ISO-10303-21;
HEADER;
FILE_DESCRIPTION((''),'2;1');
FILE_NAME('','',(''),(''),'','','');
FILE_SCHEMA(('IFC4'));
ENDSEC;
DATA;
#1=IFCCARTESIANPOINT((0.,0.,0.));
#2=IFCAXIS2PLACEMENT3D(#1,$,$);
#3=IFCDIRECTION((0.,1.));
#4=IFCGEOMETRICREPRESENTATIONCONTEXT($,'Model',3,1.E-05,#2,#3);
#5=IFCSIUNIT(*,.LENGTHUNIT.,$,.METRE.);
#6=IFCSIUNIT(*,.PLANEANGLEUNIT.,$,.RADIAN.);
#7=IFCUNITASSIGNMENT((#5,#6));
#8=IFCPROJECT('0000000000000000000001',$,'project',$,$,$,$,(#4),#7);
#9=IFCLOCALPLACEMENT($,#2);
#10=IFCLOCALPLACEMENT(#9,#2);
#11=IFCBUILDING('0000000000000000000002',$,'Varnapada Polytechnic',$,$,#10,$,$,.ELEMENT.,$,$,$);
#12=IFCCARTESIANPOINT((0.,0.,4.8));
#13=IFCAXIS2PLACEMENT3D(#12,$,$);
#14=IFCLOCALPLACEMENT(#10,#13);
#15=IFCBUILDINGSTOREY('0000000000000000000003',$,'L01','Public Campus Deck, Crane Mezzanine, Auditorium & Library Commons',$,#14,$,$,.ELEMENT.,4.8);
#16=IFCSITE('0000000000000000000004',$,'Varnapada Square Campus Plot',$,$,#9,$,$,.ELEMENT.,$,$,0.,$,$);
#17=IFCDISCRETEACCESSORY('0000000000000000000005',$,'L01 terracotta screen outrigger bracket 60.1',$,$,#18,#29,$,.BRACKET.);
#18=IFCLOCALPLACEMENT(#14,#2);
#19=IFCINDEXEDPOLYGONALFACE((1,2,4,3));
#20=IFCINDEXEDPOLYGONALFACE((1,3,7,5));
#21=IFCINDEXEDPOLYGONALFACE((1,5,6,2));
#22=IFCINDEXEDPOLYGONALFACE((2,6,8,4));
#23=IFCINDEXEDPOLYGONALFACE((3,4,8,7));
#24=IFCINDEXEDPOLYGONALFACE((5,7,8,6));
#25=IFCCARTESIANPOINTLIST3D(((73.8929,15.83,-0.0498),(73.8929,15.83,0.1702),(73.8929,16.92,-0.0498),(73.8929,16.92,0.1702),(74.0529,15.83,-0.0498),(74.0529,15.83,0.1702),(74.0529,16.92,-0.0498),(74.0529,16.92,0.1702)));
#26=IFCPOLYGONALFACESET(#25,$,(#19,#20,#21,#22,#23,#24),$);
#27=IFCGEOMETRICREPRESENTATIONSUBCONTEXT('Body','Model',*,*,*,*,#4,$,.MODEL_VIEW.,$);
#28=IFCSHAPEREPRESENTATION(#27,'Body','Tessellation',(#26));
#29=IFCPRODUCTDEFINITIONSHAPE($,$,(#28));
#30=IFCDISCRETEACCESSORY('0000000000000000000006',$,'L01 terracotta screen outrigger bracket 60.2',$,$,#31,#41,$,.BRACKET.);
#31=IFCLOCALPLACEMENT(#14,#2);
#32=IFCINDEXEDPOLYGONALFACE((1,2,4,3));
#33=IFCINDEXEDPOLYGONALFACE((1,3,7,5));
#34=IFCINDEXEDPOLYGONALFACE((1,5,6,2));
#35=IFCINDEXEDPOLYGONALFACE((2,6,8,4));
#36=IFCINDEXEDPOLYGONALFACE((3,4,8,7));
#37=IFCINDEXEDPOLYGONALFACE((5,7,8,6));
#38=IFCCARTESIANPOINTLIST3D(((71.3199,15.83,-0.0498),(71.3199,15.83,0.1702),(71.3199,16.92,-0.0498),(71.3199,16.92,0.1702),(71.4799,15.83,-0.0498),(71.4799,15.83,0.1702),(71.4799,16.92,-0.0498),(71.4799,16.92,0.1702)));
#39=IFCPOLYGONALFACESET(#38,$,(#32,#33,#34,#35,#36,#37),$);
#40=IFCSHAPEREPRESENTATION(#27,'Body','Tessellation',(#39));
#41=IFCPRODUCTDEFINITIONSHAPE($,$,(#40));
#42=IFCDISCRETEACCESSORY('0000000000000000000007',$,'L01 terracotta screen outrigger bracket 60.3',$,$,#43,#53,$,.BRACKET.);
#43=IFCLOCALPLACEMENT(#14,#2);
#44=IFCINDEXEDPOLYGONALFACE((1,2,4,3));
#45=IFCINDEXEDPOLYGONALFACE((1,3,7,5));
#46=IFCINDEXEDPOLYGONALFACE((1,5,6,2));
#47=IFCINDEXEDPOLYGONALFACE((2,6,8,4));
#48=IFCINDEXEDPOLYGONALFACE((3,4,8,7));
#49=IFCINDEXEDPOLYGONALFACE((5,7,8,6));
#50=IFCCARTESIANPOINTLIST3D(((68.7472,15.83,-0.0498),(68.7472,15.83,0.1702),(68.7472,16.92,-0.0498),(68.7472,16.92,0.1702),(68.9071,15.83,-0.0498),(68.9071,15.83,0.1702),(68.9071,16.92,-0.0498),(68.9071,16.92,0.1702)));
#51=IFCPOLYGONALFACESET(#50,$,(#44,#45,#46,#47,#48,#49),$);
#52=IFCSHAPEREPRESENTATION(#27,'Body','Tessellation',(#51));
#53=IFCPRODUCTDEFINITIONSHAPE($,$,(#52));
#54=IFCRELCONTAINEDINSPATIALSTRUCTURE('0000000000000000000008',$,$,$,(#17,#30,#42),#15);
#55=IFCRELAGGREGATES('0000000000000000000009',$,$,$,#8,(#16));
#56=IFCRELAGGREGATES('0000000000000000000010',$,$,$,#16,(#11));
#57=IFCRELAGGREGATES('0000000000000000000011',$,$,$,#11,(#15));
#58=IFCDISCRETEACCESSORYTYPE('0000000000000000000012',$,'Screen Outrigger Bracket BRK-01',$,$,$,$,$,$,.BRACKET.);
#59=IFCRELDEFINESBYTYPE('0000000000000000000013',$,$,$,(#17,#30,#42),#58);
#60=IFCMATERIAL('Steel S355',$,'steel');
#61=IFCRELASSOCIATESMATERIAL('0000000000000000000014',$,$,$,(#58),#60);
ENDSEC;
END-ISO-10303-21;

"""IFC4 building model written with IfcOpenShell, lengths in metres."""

from ifc_helpers import new_model, si_unit, direction, frame, origin, origin_2d, place, context, subcontext, project, spatial, rectangle, extrude, material, type_object, element, save


model = new_model("IFC4")

# Units and contexts
model_context = context("Model", 3, precision=1e-05, world=origin(), true_north=direction((0.0, 1.0)))
body_context = subcontext(model_context, "Body", "Model", "MODEL_VIEW")
ifc_project = project(units=[si_unit("LENGTHUNIT", "METRE"), si_unit("PLANEANGLEUNIT", "RADIAN")], contexts=[model_context])

# Site, building, storey
site_placement = place(None, origin())
site = spatial("IfcSite", under=ifc_project, at=site_placement, Name="Varnapada Square Campus Plot", CompositionType="ELEMENT", RefElevation=0.0)
building_placement = place(site_placement, origin())
building = spatial("IfcBuilding", under=site, at=building_placement, Name="Varnapada Polytechnic", CompositionType="ELEMENT")
storey_placement = place(building_placement, frame((0.0, 0.0, 4.8)))
storey = spatial("IfcBuildingStorey", under=building, at=storey_placement, Name="L01", Description="Public Campus Deck, Crane Mezzanine, Auditorium & Library Commons", CompositionType="ELEMENT", Elevation=4.8)

# Shared definitions
ifc_material_1 = material(Name="Steel S355", Category="steel")

# Discrete accessories
discrete_accessory_type = type_object("IfcDiscreteAccessoryType", Name="Screen Outrigger Bracket BRK-01", PredefinedType="BRACKET", material=ifc_material_1)
for number, where, z_axis, x_axis, name in (
    (1, (73.9729, 16.375, -0.0498), (0.0, 0.0, 1.0), (-1.0, 0.0, 0.0), "L01 terracotta screen outrigger bracket 60.1"),
    (2, (71.3999, 16.375, -0.0498), (0.0, 0.0, 1.0), (-1.0, 0.0, 0.0), "L01 terracotta screen outrigger bracket 60.2"),
    (3, (68.8271, 16.375, -0.0498), (0.0, 0.0, 1.0), (-1.0, 0.0, 0.0), "L01 terracotta screen outrigger bracket 60.3"),
):
    element("IfcDiscreteAccessory", number, at=place(storey_placement, frame(where, z_axis=z_axis, x_axis=x_axis)), inside=storey, type_object=discrete_accessory_type, Name=name, PredefinedType="BRACKET", context=body_context, shape_type="SweptSolid", body=[
        extrude(rectangle(XDim=0.1599, YDim=1.0901, at=origin_2d()), origin(), (0.0, 0.0, 1.0), 0.22),
    ])

save(model, "model.ifc")
